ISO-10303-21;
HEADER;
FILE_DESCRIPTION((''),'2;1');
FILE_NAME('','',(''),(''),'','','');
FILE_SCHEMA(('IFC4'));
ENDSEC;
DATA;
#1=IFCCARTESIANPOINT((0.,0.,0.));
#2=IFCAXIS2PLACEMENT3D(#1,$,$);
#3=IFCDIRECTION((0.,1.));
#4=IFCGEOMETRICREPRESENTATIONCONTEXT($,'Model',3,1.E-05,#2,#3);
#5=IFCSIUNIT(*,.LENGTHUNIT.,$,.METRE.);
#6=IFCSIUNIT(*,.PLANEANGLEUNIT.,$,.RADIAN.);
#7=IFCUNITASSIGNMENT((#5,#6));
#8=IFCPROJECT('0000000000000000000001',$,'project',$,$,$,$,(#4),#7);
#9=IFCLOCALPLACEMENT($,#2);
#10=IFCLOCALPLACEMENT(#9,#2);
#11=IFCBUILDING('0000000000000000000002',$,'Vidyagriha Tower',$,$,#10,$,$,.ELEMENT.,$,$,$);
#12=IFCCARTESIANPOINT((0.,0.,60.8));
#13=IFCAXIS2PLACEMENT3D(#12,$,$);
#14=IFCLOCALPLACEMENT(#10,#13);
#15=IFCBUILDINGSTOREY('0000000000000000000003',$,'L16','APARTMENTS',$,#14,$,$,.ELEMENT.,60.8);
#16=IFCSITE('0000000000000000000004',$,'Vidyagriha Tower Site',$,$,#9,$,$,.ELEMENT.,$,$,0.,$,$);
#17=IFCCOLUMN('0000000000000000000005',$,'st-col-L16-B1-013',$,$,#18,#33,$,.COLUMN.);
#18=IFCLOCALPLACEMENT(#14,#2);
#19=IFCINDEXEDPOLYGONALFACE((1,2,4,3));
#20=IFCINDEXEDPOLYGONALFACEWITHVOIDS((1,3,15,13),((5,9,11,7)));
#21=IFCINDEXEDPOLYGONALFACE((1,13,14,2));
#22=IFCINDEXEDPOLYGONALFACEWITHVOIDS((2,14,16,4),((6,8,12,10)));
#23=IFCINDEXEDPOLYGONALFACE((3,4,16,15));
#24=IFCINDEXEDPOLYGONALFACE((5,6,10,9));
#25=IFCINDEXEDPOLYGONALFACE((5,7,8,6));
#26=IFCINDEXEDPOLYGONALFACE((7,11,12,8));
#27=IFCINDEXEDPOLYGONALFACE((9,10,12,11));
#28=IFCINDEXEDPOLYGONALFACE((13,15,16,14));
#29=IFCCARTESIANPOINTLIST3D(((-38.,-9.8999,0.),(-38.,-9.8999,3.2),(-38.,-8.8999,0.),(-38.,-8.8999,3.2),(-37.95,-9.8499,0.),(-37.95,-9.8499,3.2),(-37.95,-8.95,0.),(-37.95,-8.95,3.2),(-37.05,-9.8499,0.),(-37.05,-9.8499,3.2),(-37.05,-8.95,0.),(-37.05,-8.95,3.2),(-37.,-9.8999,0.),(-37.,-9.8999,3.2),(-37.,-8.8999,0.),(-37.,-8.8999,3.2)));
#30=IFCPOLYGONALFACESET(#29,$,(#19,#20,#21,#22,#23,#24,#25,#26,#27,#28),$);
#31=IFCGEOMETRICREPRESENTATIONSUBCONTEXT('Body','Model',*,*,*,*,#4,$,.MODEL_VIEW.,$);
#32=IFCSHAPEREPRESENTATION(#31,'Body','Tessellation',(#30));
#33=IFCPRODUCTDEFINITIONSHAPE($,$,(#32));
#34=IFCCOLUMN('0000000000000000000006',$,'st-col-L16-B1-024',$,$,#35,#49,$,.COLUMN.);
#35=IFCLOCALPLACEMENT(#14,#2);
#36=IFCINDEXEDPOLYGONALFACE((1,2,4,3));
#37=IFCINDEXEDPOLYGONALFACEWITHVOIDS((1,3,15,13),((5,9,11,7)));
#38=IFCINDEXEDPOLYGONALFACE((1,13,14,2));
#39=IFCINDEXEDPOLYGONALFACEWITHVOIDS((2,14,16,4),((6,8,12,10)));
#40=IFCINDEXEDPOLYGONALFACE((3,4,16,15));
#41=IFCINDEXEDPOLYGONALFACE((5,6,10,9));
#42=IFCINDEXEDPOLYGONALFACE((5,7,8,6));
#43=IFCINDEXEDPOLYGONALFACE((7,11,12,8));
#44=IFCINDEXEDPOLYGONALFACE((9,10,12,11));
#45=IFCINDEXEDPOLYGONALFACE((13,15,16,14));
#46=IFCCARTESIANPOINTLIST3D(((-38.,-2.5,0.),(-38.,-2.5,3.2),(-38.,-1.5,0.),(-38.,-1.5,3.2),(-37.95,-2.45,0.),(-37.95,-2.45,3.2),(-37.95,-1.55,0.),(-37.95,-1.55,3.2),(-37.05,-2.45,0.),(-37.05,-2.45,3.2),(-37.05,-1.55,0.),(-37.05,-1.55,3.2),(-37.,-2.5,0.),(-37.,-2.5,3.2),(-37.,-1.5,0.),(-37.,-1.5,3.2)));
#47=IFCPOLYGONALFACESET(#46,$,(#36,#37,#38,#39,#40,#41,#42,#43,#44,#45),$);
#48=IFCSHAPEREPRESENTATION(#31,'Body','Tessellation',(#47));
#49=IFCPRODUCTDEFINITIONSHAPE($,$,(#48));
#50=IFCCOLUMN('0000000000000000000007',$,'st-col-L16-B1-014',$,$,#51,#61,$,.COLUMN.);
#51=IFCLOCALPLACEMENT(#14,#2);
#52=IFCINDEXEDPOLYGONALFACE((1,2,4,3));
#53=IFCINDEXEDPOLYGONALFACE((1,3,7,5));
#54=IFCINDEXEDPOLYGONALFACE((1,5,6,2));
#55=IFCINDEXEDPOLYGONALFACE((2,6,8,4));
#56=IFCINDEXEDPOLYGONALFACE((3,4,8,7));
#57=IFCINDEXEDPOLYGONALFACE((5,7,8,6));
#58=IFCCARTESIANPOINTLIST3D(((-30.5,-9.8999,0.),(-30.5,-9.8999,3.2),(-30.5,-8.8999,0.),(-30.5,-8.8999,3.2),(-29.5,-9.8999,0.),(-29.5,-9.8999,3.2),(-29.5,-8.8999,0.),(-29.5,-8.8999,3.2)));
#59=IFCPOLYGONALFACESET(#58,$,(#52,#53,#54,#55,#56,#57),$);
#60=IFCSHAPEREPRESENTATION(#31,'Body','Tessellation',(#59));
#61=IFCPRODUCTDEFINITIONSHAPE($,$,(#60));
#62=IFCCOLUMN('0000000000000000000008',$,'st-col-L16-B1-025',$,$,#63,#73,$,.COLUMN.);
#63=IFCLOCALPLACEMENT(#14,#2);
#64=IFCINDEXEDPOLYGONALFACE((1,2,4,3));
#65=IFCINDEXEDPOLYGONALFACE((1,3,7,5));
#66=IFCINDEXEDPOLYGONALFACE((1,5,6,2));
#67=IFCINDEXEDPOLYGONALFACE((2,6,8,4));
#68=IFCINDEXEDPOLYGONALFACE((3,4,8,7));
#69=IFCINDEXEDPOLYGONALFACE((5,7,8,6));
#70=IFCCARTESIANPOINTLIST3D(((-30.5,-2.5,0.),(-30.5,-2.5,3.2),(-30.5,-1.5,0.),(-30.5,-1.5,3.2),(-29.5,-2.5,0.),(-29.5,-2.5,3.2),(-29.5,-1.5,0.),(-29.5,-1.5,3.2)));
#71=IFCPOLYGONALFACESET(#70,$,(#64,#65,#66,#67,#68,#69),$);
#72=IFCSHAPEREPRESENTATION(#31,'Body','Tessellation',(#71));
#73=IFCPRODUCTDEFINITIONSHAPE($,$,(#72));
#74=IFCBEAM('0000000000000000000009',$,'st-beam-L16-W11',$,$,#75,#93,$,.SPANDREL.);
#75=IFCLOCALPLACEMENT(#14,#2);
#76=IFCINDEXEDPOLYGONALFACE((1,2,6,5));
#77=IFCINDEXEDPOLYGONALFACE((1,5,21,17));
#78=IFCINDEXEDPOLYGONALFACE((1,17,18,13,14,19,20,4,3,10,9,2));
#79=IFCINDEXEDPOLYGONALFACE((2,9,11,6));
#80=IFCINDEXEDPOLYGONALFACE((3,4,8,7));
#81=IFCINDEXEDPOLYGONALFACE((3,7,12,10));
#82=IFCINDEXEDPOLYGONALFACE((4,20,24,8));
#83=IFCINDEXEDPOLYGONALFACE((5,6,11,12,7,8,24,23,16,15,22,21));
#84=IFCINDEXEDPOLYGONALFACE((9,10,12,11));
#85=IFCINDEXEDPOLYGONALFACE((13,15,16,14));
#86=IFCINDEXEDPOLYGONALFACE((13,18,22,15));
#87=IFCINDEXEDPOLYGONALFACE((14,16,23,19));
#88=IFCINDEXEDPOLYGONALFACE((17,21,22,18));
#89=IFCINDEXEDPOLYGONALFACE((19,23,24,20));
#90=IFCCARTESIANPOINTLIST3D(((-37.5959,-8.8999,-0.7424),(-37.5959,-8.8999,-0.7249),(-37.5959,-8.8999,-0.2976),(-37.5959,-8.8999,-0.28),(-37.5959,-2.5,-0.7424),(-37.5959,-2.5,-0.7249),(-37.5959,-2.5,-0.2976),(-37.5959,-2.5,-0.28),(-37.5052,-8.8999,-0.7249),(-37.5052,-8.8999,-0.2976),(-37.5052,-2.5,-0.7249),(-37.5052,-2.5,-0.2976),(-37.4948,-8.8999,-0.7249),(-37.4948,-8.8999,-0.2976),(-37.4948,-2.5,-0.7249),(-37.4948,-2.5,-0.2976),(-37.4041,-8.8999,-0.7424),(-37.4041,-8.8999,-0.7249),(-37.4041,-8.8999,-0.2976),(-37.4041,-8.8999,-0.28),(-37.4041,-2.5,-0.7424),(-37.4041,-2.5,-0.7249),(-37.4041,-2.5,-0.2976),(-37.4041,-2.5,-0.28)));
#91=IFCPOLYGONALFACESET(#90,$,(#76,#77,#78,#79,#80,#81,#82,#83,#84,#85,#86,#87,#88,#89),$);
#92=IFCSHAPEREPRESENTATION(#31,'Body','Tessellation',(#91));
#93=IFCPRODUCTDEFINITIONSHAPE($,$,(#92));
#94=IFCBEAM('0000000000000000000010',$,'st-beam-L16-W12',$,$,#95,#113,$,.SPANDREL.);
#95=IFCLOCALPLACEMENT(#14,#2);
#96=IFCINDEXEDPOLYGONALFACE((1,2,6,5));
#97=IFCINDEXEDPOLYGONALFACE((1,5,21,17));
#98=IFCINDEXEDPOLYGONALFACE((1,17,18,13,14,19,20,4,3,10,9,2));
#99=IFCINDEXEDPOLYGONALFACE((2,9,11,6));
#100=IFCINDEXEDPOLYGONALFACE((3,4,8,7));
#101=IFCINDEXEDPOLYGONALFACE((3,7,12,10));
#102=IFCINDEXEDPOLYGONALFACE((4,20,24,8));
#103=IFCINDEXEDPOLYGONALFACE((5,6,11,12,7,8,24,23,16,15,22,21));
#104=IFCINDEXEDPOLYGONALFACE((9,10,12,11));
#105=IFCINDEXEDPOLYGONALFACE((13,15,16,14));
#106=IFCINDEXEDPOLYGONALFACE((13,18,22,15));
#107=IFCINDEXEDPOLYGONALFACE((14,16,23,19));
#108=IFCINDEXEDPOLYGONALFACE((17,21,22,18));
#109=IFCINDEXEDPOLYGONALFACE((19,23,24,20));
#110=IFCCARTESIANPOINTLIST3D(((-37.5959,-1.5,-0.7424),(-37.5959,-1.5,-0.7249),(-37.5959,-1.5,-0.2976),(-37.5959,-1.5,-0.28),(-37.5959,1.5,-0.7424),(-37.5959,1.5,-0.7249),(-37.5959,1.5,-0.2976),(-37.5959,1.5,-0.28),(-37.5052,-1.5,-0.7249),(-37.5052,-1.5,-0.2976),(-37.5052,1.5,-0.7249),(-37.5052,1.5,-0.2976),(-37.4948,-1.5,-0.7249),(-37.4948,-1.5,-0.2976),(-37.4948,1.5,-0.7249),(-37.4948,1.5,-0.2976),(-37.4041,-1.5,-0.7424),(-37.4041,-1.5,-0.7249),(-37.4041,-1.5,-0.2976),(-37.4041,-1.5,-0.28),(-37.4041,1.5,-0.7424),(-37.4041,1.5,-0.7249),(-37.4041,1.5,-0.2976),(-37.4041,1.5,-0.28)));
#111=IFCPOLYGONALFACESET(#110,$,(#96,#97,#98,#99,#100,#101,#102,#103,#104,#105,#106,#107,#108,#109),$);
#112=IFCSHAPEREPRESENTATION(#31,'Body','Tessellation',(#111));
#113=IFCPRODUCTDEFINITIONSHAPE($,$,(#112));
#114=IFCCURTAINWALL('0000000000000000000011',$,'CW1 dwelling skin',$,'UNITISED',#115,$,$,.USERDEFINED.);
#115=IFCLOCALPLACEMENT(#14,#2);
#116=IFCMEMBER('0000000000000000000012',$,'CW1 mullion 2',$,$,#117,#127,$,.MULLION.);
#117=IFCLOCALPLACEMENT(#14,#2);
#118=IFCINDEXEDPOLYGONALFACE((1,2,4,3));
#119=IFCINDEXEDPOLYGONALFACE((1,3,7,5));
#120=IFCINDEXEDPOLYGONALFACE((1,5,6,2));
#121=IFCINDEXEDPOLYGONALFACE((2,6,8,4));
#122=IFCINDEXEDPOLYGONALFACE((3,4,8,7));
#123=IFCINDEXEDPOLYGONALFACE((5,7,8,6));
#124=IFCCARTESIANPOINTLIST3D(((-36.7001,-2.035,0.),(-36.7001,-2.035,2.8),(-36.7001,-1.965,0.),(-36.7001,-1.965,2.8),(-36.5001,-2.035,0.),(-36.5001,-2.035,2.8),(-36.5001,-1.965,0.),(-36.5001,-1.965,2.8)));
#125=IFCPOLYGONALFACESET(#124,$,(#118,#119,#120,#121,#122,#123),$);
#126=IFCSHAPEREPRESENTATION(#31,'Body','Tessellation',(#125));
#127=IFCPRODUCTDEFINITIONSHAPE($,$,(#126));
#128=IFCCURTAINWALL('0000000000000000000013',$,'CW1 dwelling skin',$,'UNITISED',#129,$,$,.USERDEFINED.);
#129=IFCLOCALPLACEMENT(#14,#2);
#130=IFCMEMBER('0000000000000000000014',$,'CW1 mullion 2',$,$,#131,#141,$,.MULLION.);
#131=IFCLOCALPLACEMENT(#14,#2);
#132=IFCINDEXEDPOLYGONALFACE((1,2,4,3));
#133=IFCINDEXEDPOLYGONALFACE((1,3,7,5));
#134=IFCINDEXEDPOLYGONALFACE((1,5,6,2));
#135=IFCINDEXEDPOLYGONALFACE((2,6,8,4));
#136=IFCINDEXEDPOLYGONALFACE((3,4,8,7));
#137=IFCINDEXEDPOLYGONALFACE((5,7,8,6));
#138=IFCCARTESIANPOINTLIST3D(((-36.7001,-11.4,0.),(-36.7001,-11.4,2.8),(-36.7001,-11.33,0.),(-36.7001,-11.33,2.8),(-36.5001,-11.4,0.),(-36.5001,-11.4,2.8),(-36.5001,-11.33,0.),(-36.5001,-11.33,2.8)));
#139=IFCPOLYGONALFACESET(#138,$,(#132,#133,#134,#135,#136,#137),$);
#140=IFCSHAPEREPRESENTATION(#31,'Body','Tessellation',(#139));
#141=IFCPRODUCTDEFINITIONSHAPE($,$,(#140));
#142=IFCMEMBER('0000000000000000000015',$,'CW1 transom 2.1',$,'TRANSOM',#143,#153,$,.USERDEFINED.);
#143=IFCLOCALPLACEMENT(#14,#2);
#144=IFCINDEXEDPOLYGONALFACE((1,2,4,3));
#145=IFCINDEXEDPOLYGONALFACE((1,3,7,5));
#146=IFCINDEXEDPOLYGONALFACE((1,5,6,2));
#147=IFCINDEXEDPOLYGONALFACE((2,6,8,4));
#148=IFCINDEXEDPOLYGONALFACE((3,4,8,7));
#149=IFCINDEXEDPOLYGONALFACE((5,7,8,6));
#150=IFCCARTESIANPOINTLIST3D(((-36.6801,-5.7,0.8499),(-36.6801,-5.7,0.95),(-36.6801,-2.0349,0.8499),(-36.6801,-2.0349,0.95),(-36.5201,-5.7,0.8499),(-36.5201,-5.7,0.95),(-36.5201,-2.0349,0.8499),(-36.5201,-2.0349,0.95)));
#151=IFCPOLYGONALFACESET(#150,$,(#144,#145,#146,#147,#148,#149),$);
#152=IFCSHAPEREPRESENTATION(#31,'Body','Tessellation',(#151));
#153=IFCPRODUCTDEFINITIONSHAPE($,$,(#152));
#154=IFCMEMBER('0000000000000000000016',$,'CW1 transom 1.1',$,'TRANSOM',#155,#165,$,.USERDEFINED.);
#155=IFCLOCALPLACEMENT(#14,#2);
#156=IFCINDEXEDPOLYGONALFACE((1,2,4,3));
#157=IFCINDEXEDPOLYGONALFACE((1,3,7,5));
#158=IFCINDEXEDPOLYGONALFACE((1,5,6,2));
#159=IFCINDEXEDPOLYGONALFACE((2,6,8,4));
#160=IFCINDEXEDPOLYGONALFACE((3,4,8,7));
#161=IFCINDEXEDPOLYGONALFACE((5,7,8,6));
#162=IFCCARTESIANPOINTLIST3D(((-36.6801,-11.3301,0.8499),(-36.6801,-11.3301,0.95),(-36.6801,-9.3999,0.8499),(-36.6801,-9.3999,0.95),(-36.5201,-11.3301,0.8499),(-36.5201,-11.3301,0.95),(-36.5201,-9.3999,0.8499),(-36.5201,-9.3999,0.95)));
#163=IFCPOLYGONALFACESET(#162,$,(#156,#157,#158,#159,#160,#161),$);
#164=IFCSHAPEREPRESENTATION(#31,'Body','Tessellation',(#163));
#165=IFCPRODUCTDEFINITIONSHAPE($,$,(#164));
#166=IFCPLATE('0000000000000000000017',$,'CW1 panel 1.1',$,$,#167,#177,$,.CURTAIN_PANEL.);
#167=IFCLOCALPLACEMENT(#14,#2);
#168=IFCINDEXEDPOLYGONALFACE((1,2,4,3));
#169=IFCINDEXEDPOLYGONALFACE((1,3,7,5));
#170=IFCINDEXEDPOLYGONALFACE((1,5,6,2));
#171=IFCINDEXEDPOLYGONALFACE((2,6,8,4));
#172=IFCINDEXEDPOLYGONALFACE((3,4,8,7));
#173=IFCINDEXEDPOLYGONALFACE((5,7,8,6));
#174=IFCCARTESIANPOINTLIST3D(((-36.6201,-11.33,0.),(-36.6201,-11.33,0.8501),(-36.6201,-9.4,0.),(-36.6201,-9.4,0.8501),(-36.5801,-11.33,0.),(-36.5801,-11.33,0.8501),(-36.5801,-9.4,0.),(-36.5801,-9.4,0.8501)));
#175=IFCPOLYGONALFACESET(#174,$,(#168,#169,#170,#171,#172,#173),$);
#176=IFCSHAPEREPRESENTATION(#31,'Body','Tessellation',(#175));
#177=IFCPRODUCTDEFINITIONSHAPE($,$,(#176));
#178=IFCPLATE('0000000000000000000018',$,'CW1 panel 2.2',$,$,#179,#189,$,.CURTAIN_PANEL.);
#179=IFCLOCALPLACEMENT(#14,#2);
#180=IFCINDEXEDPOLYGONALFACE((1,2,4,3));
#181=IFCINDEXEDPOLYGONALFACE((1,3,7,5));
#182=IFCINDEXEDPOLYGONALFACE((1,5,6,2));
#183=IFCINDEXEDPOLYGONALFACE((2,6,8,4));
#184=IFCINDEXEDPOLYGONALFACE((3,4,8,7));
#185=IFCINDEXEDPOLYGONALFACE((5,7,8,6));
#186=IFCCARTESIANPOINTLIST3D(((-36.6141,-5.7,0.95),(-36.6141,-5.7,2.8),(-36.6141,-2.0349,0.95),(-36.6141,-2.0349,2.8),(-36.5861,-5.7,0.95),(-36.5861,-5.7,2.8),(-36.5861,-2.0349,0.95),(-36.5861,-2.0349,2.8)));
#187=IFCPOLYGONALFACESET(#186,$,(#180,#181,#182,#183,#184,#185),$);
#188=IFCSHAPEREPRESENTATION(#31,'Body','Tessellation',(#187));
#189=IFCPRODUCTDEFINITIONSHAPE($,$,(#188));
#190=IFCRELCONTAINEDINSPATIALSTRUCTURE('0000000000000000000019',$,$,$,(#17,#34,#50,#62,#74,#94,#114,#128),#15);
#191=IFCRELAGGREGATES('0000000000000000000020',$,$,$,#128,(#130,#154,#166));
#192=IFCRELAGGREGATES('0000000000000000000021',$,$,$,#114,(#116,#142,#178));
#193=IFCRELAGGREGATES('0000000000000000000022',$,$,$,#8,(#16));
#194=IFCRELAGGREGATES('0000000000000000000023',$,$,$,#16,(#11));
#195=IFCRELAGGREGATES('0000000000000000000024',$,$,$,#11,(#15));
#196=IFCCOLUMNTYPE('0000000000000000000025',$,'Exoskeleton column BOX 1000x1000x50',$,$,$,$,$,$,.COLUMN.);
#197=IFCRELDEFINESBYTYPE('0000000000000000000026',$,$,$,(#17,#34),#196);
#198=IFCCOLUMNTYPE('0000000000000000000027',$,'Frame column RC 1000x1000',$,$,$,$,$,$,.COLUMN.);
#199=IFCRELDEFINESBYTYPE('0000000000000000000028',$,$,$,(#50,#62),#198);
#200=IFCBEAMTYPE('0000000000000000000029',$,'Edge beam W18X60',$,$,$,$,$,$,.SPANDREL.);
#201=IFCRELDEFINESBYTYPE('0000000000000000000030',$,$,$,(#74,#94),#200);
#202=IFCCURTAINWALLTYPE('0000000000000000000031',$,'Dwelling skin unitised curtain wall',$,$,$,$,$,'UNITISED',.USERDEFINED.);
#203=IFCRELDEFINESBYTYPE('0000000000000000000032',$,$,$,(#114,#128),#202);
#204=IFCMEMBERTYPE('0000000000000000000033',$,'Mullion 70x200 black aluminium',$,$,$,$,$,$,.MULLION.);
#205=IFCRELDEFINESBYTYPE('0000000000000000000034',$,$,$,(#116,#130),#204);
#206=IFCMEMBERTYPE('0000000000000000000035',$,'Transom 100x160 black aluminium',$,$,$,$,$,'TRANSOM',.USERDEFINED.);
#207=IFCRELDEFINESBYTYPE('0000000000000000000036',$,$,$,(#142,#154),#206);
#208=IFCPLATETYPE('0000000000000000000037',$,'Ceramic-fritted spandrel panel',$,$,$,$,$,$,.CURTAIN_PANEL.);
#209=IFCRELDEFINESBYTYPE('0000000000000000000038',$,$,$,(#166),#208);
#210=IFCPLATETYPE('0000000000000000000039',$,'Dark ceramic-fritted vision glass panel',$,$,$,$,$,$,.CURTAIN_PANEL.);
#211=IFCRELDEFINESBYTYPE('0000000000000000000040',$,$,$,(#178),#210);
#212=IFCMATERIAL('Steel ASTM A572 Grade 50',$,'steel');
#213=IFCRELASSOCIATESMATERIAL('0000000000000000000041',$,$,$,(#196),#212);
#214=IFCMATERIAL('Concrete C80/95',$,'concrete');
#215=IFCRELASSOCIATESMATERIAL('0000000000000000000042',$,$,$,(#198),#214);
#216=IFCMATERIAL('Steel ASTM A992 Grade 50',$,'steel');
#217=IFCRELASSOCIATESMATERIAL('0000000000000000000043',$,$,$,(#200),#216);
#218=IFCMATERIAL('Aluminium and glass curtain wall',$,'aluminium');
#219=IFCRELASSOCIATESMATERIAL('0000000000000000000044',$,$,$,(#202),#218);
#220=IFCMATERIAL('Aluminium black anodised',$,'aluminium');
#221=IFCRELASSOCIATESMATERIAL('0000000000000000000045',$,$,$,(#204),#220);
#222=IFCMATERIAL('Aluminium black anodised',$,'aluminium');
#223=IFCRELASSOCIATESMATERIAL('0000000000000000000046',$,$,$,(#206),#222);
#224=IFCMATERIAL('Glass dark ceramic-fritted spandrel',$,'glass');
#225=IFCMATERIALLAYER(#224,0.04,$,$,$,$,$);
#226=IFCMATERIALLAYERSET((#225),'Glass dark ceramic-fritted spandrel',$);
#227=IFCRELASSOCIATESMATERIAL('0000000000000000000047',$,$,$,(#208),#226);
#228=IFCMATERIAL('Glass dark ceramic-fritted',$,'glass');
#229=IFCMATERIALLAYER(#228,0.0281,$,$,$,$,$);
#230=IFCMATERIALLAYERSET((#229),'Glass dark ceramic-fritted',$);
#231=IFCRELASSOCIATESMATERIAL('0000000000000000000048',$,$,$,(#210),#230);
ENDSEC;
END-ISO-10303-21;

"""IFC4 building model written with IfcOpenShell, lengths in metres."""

from ifc_helpers import new_model, si_unit, direction, frame, origin, origin_2d, place, context, subcontext, project, spatial, rectangle, hollow_rectangle, i_section, extrude, material, layer, layer_set, material_profile, profile_set, type_object, element, aggregate, save


model = new_model("IFC4")

# Units and contexts
model_context = context("Model", 3, precision=1e-05, world=origin(), true_north=direction((0.0, 1.0)))
body_context = subcontext(model_context, "Body", "Model", "MODEL_VIEW")
ifc_project = project(units=[si_unit("LENGTHUNIT", "METRE"), si_unit("PLANEANGLEUNIT", "RADIAN")], contexts=[model_context])

# Site, building, storey
site_placement = place(None, origin())
site = spatial("IfcSite", under=ifc_project, at=site_placement, Name="Vidyagriha Tower Site", CompositionType="ELEMENT", RefElevation=0.0)
building_placement = place(site_placement, origin())
building = spatial("IfcBuilding", under=site, at=building_placement, Name="Vidyagriha Tower", CompositionType="ELEMENT")
storey_placement = place(building_placement, frame((0.0, 0.0, 60.8)))
storey = spatial("IfcBuildingStorey", under=building, at=storey_placement, Name="L16", Description="APARTMENTS", CompositionType="ELEMENT", Elevation=60.8)

# Columns
ifc_material_1 = material(Name="Steel ASTM A572 Grade 50", Category="steel")
ifc_material_profile_1 = material_profile(ifc_material_1, hollow_rectangle(XDim=1.0, YDim=1.0, WallThickness=0.05, at=origin_2d()), Name="BOX 1000x1000x50")
ifc_profile_set_1 = profile_set([ifc_material_profile_1], Name="Steel ASTM A572 Grade 50")
column_type_1 = type_object("IfcColumnType", Name="Exoskeleton column BOX 1000x1000x50", PredefinedType="COLUMN", material=ifc_profile_set_1)
for number, where, name in (
    (1, (-37.5, -9.3999, 0.0), "st-col-L16-B1-013"),
    (2, (-37.5, -2.0, 0.0), "st-col-L16-B1-024"),
):
    element("IfcColumn", number, at=place(storey_placement, frame(where)), inside=storey, type_object=column_type_1, Name=name, PredefinedType="COLUMN", context=body_context, shape_type="SweptSolid", body=[
        extrude(hollow_rectangle(XDim=1.0, YDim=1.0, WallThickness=0.05, at=origin_2d()), origin(), (0.0, 0.0, 1.0), 3.2),
    ])
ifc_material_2 = material(Name="Concrete C80/95", Category="concrete")
ifc_material_profile_2 = material_profile(ifc_material_2, rectangle(XDim=1.0, YDim=1.0, at=origin_2d()), Name="RC 1000x1000")
ifc_profile_set_2 = profile_set([ifc_material_profile_2], Name="Concrete C80/95")
column_type_2 = type_object("IfcColumnType", Name="Frame column RC 1000x1000", PredefinedType="COLUMN", material=ifc_profile_set_2)
for number, where, name in (
    (3, (-30.0, -9.3999, 0.0), "st-col-L16-B1-014"),
    (4, (-30.0, -2.0, 0.0), "st-col-L16-B1-025"),
):
    element("IfcColumn", number, at=place(storey_placement, frame(where)), inside=storey, type_object=column_type_2, Name=name, PredefinedType="COLUMN", context=body_context, shape_type="SweptSolid", body=[
        extrude(rectangle(XDim=1.0, YDim=1.0, at=origin_2d()), origin(), (0.0, 0.0, 1.0), 3.2),
    ])

# Beams
ifc_material_3 = material(Name="Steel ASTM A992 Grade 50", Category="steel")
ifc_material_profile_3 = material_profile(ifc_material_3, i_section(OverallWidth=0.1919, OverallDepth=0.4624, WebThickness=0.0105, FlangeThickness=0.0176, at=origin_2d()), Name="W18X60")
ifc_profile_set_3 = profile_set([ifc_material_profile_3], Name="Steel ASTM A992 Grade 50")
beam_type = type_object("IfcBeamType", Name="Edge beam W18X60", PredefinedType="SPANDREL", material=ifc_profile_set_3)
beam_1_placement = place(storey_placement, frame((-37.5, -8.8999, -0.5112), z_axis=(0.0, 1.0, 0.0), x_axis=(-1.0, 0.0, 0.0)))
element("IfcBeam", 5, at=beam_1_placement, inside=storey, type_object=beam_type, Name="st-beam-L16-W11", PredefinedType="SPANDREL", context=body_context, shape_type="SweptSolid", body=[
    extrude(i_section(OverallWidth=0.1919, OverallDepth=0.4624, WebThickness=0.0105, FlangeThickness=0.0176, at=origin_2d()), origin(), (0.0, 0.0, 1.0), 6.3999),
])
beam_2_placement = place(storey_placement, frame((-37.5, -1.5, -0.5112), z_axis=(0.0, 1.0, 0.0), x_axis=(-1.0, 0.0, 0.0)))
element("IfcBeam", 6, at=beam_2_placement, inside=storey, type_object=beam_type, Name="st-beam-L16-W12", PredefinedType="SPANDREL", context=body_context, shape_type="SweptSolid", body=[
    extrude(i_section(OverallWidth=0.1919, OverallDepth=0.4624, WebThickness=0.0105, FlangeThickness=0.0176, at=origin_2d()), origin(), (0.0, 0.0, 1.0), 3.0),
])

# Curtain walls, members
ifc_material_4 = material(Name="Aluminium and glass curtain wall", Category="aluminium")
curtain_wall_type = type_object("IfcCurtainWallType", Name="Dwelling skin unitised curtain wall", ElementType="UNITISED", PredefinedType="USERDEFINED", material=ifc_material_4)
curtain_wall_1_placement = place(storey_placement, origin())
curtain_wall_1 = element("IfcCurtainWall", 7, at=curtain_wall_1_placement, inside=storey, type_object=curtain_wall_type, Name="CW1 dwelling skin", ObjectType="UNITISED", PredefinedType="USERDEFINED")
ifc_material_5 = material(Name="Aluminium black anodised", Category="aluminium")
ifc_material_profile_4 = material_profile(ifc_material_5, rectangle(XDim=0.2, YDim=0.0701, at=origin_2d()), Name="Mullion 70x200 black aluminium")
ifc_profile_set_4 = profile_set([ifc_material_profile_4], Name="Aluminium black anodised")
member_type_1 = type_object("IfcMemberType", Name="Mullion 70x200 black aluminium", PredefinedType="MULLION", material=ifc_profile_set_4)
member_1_placement = place(storey_placement, frame((-36.6001, -2.0, 0.0)))
member_1 = element("IfcMember", 8, at=member_1_placement, type_object=member_type_1, Name="CW1 mullion 2", PredefinedType="MULLION", context=body_context, shape_type="SweptSolid", body=[
    extrude(rectangle(XDim=0.2, YDim=0.0701, at=origin_2d()), origin(), (0.0, 0.0, 1.0), 2.8),
])
curtain_wall_2_placement = place(storey_placement, origin())
curtain_wall_2 = element("IfcCurtainWall", 9, at=curtain_wall_2_placement, inside=storey, type_object=curtain_wall_type, Name="CW1 dwelling skin", ObjectType="UNITISED", PredefinedType="USERDEFINED")
member_2_placement = place(storey_placement, frame((-36.6001, -11.365, 0.0)))
member_2 = element("IfcMember", 10, at=member_2_placement, type_object=member_type_1, Name="CW1 mullion 2", PredefinedType="MULLION", context=body_context, shape_type="SweptSolid", body=[
    extrude(rectangle(XDim=0.2, YDim=0.0701, at=origin_2d()), origin(), (0.0, 0.0, 1.0), 2.8),
])

# Members
ifc_material_6 = material(Name="Aluminium black anodised", Category="aluminium")
ifc_material_profile_5 = material_profile(ifc_material_6, rectangle(XDim=0.1599, YDim=0.1001, at=origin_2d()), Name="Transom 100x160 black aluminium")
ifc_profile_set_5 = profile_set([ifc_material_profile_5], Name="Aluminium black anodised")
member_type_2 = type_object("IfcMemberType", Name="Transom 100x160 black aluminium", ElementType="TRANSOM", PredefinedType="USERDEFINED", material=ifc_profile_set_5)
member_3_placement = place(storey_placement, frame((-36.6001, -2.0349, 0.8999), z_axis=(0.0, -1.0, 0.0), x_axis=(1.0, 0.0, 0.0)))
member_3 = element("IfcMember", 11, at=member_3_placement, type_object=member_type_2, Name="CW1 transom 2.1", ObjectType="TRANSOM", PredefinedType="USERDEFINED", context=body_context, shape_type="SweptSolid", body=[
    extrude(rectangle(XDim=0.1599, YDim=0.1001, at=origin_2d()), origin(), (0.0, 0.0, 1.0), 3.665),
])
member_4_placement = place(storey_placement, frame((-36.6001, -9.3999, 0.8999), z_axis=(0.0, -1.0, 0.0), x_axis=(1.0, 0.0, 0.0)))
member_4 = element("IfcMember", 12, at=member_4_placement, type_object=member_type_2, Name="CW1 transom 1.1", ObjectType="TRANSOM", PredefinedType="USERDEFINED", context=body_context, shape_type="SweptSolid", body=[
    extrude(rectangle(XDim=0.1599, YDim=0.1001, at=origin_2d()), origin(), (0.0, 0.0, 1.0), 1.9302),
])

# Plates
ifc_material_7 = material(Name="Glass dark ceramic-fritted spandrel", Category="glass")
ifc_layer_1 = layer(ifc_material_7, 0.04)
ifc_layer_set_1 = layer_set([ifc_layer_1], Name="Glass dark ceramic-fritted spandrel")
plate_type_1 = type_object("IfcPlateType", Name="Ceramic-fritted spandrel panel", PredefinedType="CURTAIN_PANEL", material=ifc_layer_set_1)
plate_1_placement = place(storey_placement, frame((-36.6001, -10.365, 0.0), z_axis=(0.0, 0.0, 1.0), x_axis=(0.0, -1.0, 0.0)))
plate_1 = element("IfcPlate", 13, at=plate_1_placement, type_object=plate_type_1, Name="CW1 panel 1.1", PredefinedType="CURTAIN_PANEL", context=body_context, shape_type="SweptSolid", body=[
    extrude(rectangle(XDim=1.9299, YDim=0.04, at=origin_2d()), origin(), (0.0, 0.0, 1.0), 0.8501),
])
ifc_material_8 = material(Name="Glass dark ceramic-fritted", Category="glass")
ifc_layer_2 = layer(ifc_material_8, 0.0281)
ifc_layer_set_2 = layer_set([ifc_layer_2], Name="Glass dark ceramic-fritted")
plate_type_2 = type_object("IfcPlateType", Name="Dark ceramic-fritted vision glass panel", PredefinedType="CURTAIN_PANEL", material=ifc_layer_set_2)
plate_2_placement = place(storey_placement, frame((-36.6001, -3.8674, 0.95), z_axis=(0.0, 0.0, 1.0), x_axis=(0.0, -1.0, 0.0)))
plate_2 = element("IfcPlate", 14, at=plate_2_placement, type_object=plate_type_2, Name="CW1 panel 2.2", PredefinedType="CURTAIN_PANEL", context=body_context, shape_type="SweptSolid", body=[
    extrude(rectangle(XDim=3.665, YDim=0.0281, at=origin_2d()), origin(), (0.0, 0.0, 1.0), 1.8501),
])
aggregate(curtain_wall_2, [member_2, member_4, plate_1])
aggregate(curtain_wall_1, [member_1, member_3, plate_2])

save(model, "model.ifc")
